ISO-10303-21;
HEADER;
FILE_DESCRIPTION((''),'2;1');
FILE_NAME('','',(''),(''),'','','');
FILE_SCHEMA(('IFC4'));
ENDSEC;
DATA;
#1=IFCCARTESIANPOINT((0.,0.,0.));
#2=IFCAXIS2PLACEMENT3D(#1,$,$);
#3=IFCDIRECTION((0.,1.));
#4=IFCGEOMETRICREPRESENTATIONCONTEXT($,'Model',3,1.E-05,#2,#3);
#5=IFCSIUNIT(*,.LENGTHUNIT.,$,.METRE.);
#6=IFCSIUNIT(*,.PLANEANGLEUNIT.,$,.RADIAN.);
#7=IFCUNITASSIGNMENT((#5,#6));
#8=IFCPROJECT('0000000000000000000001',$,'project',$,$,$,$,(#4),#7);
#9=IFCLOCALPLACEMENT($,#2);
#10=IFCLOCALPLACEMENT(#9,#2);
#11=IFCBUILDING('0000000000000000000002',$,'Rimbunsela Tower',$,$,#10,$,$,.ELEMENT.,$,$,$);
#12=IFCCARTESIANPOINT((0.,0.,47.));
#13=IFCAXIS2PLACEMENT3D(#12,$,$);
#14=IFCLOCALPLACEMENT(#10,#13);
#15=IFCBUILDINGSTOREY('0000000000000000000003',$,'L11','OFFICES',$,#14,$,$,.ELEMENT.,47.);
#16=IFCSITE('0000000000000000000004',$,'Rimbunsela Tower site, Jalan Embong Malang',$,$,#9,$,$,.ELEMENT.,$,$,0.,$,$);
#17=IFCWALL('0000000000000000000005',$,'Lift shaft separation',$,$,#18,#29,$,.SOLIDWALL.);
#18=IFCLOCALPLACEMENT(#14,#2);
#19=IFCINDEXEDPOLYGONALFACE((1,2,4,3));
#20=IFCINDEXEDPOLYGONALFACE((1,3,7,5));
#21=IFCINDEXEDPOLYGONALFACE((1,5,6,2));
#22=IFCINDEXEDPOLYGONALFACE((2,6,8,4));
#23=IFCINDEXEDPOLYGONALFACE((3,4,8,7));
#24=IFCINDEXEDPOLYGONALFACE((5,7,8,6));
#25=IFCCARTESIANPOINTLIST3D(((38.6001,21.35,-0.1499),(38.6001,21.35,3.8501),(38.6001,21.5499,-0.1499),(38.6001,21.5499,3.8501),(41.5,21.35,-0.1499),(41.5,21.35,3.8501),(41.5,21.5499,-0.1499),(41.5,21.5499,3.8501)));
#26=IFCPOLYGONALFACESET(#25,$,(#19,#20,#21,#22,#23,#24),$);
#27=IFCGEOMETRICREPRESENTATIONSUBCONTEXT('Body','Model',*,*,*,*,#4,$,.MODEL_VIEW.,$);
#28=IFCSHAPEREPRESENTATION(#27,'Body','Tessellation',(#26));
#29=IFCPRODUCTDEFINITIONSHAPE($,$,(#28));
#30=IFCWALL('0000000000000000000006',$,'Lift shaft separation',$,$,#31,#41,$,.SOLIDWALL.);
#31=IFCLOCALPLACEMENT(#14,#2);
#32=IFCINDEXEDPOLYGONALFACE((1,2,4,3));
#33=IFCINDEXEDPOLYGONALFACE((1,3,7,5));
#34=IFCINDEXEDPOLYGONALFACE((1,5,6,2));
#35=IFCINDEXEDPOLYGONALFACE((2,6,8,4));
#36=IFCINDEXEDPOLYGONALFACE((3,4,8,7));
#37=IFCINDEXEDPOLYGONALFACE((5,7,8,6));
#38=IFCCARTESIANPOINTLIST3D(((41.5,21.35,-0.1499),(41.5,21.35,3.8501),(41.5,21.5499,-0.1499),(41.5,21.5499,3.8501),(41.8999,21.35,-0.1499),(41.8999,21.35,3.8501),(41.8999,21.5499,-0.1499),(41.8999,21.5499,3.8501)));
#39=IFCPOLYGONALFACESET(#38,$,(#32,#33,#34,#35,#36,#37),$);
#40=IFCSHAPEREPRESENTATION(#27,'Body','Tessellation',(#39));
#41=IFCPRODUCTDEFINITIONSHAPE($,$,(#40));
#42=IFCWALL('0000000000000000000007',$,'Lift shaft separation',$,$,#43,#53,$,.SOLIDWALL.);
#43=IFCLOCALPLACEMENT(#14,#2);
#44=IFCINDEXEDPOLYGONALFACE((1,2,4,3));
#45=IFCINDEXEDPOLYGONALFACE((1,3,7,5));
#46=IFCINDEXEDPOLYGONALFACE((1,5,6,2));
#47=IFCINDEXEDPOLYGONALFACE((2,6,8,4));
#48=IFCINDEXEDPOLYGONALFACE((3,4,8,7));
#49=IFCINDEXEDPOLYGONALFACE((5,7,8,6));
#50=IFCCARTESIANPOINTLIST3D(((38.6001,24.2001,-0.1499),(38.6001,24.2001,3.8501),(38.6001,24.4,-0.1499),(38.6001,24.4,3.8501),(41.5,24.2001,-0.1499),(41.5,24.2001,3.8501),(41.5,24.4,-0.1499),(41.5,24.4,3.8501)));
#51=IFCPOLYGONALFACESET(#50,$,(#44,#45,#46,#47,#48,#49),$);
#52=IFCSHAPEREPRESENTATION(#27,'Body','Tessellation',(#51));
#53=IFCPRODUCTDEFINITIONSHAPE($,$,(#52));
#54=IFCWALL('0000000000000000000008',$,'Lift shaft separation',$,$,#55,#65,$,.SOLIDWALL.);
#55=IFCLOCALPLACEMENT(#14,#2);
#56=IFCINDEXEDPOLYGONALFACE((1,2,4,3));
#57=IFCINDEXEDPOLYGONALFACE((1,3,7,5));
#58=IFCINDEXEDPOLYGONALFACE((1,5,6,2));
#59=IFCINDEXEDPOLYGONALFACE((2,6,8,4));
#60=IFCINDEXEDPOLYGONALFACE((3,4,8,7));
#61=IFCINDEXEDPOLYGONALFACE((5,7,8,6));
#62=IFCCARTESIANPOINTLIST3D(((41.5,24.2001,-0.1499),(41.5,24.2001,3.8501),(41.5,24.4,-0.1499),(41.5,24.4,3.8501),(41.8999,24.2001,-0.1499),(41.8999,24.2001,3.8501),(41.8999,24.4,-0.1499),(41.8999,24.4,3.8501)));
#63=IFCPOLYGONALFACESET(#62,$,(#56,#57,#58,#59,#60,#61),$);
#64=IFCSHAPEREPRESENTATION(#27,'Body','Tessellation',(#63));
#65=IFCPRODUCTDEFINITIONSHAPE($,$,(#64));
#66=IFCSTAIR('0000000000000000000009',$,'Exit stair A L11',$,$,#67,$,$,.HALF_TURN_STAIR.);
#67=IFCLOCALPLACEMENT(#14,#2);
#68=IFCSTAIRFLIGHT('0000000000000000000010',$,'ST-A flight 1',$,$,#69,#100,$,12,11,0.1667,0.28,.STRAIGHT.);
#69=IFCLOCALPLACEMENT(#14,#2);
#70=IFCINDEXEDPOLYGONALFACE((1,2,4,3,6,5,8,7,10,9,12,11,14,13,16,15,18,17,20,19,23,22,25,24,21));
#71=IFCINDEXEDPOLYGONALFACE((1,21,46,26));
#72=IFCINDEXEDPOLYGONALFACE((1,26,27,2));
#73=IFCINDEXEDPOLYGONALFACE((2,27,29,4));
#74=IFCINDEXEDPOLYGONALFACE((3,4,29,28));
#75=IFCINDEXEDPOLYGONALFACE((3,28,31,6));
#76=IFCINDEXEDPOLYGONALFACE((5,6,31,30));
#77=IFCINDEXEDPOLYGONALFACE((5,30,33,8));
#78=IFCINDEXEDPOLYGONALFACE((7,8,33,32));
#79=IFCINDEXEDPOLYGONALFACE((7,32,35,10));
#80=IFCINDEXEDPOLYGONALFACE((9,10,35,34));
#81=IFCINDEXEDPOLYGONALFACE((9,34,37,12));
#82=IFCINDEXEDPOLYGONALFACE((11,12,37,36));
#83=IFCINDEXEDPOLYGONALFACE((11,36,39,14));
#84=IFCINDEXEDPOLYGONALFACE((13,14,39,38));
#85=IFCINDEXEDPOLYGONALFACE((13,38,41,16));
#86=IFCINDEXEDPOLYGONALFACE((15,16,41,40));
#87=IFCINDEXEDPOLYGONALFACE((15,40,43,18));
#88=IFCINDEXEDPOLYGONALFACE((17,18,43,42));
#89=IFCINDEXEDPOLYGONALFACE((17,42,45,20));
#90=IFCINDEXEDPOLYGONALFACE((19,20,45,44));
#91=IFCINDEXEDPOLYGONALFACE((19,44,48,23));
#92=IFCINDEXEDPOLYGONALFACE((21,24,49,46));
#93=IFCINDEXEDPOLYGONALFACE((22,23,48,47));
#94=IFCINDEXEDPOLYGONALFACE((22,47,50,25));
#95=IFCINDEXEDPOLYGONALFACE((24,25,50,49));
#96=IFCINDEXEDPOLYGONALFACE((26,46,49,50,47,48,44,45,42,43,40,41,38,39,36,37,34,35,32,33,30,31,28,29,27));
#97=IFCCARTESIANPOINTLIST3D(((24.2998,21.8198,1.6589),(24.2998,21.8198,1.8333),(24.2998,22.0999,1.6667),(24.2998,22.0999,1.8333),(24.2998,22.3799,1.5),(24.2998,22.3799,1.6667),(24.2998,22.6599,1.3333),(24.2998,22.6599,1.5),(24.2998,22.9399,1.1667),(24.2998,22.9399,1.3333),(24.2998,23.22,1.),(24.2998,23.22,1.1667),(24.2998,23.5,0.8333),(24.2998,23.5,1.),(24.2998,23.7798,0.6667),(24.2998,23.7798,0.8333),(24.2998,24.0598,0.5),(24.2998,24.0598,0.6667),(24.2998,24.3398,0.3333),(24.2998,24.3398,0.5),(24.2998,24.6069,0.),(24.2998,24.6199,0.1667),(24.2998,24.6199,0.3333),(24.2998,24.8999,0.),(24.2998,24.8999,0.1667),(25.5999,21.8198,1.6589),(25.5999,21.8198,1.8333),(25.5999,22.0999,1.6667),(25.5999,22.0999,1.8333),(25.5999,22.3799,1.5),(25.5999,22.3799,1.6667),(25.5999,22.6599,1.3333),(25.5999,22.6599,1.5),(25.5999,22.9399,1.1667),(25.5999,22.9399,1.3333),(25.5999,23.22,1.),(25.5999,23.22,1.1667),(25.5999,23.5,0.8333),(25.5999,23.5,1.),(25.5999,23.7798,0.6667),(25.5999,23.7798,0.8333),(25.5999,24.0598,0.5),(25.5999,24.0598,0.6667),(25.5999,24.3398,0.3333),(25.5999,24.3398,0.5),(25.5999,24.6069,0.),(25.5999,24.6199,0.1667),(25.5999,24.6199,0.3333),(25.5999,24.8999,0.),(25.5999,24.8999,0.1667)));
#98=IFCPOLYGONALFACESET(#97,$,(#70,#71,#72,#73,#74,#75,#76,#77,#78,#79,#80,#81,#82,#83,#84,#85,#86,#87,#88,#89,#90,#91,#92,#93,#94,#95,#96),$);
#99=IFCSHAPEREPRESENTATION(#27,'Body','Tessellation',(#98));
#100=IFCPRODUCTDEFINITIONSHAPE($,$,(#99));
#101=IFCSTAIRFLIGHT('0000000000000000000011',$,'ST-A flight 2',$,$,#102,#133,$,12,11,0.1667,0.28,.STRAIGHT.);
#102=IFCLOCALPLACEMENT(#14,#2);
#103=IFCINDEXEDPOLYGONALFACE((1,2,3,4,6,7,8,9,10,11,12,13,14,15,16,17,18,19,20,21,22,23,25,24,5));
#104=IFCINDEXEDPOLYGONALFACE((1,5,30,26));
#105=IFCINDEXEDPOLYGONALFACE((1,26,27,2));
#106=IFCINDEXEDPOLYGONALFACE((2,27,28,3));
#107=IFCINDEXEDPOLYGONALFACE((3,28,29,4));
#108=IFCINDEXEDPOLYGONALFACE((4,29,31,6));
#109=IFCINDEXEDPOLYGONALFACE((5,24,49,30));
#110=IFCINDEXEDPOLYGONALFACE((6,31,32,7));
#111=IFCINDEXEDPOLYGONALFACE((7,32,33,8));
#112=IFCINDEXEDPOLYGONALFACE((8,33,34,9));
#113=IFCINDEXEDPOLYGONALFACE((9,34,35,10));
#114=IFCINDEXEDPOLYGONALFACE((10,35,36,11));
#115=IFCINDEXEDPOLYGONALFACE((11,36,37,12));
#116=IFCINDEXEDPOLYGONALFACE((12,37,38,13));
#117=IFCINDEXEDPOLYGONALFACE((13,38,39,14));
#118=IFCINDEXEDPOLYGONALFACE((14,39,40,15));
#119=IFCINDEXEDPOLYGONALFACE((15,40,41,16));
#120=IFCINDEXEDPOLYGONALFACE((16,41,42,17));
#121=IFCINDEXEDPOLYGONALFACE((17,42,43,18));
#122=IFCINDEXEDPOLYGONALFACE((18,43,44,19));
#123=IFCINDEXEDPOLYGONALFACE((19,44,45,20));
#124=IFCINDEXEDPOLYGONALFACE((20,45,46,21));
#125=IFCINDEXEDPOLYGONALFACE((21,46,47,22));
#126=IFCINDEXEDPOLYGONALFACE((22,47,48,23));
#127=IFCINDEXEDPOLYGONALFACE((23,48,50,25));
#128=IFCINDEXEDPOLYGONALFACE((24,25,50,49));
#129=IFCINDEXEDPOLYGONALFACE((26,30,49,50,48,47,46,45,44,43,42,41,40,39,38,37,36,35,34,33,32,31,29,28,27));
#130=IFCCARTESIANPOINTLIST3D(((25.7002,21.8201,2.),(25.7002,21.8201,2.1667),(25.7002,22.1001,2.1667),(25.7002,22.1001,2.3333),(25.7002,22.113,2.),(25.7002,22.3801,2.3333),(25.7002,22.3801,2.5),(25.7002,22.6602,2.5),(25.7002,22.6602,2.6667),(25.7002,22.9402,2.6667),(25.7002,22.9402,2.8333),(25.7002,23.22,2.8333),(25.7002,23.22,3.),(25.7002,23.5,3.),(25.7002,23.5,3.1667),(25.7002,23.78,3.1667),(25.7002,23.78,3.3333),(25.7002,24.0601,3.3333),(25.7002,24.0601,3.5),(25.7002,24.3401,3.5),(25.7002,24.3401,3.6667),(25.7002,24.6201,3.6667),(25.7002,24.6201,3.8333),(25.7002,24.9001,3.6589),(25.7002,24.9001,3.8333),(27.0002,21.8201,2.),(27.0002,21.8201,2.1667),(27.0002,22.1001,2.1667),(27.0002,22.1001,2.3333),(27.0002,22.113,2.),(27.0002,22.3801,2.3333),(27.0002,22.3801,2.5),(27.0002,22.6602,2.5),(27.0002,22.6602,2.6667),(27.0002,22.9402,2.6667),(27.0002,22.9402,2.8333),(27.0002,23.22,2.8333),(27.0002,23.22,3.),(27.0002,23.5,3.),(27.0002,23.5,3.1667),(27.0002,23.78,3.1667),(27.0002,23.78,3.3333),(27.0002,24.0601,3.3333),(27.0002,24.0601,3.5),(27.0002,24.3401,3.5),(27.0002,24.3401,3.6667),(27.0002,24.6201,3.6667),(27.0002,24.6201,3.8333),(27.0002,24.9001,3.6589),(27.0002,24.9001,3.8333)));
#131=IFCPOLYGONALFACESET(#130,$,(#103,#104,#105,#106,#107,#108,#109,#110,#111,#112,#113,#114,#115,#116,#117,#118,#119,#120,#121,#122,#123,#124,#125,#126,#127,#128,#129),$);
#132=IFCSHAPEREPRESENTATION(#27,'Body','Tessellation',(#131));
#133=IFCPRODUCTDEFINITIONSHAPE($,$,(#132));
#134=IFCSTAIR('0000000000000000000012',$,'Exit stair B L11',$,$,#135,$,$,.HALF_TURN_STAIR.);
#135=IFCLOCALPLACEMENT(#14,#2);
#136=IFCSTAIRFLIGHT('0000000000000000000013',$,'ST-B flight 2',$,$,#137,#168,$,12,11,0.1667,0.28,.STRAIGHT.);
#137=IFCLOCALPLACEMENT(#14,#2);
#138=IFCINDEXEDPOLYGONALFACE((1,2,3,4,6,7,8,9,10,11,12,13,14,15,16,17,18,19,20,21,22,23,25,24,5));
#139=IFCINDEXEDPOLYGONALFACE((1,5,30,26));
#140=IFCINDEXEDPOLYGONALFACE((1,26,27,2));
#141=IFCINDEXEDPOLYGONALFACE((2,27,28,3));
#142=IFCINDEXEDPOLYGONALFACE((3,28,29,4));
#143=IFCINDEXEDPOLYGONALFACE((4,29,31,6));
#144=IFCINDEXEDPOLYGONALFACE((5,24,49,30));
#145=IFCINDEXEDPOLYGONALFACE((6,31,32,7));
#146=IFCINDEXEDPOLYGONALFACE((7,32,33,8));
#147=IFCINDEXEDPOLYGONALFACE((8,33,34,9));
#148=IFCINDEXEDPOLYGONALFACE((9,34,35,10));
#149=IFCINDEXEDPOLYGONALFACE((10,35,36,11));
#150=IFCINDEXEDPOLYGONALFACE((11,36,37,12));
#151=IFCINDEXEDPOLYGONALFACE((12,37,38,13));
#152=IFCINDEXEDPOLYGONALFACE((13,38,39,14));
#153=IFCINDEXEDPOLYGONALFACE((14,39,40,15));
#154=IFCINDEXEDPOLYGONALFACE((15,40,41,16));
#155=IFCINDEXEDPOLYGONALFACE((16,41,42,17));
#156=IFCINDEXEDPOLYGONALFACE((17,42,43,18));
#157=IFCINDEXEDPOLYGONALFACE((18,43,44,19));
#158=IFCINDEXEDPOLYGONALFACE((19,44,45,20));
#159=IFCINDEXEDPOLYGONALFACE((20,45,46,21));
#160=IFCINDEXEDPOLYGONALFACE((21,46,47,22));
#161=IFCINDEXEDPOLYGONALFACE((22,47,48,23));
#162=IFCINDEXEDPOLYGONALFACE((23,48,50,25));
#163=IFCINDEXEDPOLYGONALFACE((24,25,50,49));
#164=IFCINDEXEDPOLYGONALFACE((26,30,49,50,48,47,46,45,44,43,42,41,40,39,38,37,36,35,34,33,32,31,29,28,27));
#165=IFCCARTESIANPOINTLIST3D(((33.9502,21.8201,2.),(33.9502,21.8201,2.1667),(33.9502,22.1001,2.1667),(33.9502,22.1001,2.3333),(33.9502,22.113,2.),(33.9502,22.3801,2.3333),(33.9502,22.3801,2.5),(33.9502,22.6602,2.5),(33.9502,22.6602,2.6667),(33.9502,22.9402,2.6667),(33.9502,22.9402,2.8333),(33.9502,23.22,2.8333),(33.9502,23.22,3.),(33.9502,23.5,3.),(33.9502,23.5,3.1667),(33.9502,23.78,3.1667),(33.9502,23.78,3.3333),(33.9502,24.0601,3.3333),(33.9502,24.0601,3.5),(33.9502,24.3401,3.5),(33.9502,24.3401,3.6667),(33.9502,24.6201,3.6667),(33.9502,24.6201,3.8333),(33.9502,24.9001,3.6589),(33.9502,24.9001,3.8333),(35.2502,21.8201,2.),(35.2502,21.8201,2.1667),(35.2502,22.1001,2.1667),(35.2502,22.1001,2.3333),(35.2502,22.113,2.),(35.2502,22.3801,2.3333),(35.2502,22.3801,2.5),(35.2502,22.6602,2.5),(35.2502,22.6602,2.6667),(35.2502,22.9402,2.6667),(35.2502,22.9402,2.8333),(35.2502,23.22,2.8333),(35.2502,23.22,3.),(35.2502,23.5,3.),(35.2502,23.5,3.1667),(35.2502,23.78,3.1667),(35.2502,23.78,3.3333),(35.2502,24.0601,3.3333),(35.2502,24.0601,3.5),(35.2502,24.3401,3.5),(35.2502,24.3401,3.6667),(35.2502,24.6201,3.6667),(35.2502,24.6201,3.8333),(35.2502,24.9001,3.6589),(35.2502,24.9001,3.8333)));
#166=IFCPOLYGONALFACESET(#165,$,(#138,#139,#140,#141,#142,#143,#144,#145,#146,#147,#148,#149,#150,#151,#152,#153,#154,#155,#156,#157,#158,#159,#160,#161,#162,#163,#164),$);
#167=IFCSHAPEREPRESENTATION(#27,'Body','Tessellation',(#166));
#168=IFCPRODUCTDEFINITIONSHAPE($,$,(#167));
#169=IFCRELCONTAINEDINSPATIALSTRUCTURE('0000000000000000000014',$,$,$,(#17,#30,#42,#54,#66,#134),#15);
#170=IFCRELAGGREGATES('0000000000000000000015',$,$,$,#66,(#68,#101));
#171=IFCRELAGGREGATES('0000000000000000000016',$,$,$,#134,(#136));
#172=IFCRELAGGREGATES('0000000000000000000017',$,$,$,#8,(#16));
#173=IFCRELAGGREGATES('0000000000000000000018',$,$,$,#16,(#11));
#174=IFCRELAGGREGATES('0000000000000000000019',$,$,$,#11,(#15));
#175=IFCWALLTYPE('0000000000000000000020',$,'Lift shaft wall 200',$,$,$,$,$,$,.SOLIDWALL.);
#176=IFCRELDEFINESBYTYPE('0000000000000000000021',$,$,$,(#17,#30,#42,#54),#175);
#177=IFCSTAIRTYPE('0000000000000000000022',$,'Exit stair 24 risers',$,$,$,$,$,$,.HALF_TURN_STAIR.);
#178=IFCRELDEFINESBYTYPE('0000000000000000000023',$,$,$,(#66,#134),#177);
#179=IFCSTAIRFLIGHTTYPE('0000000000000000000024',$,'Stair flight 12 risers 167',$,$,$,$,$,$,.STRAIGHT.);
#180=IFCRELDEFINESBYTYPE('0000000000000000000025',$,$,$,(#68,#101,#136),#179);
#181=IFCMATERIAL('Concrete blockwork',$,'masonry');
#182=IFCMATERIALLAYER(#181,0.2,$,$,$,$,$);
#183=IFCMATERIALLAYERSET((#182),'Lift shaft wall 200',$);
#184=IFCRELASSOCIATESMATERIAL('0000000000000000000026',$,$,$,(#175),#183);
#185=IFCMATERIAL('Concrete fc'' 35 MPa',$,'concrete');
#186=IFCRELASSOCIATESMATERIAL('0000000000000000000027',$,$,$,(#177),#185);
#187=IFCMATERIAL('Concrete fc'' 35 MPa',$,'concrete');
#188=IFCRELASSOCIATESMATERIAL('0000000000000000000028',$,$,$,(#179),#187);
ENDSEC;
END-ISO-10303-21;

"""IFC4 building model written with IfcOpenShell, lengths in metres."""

from ifc_helpers import new_model, si_unit, direction, frame, frame_2d, origin, place, context, subcontext, project, spatial, polyline, rectangle, outline, extrude, material, layer, layer_set, type_object, element, aggregate, save


model = new_model("IFC4")

# Units and contexts
model_context = context("Model", 3, precision=1e-05, world=origin(), true_north=direction((0.0, 1.0)))
body_context = subcontext(model_context, "Body", "Model", "MODEL_VIEW")
ifc_project = project(units=[si_unit("LENGTHUNIT", "METRE"), si_unit("PLANEANGLEUNIT", "RADIAN")], contexts=[model_context])

# Site, building, storey
site_placement = place(None, origin())
site = spatial("IfcSite", under=ifc_project, at=site_placement, Name="Rimbunsela Tower site, Jalan Embong Malang", CompositionType="ELEMENT", RefElevation=0.0)
building_placement = place(site_placement, origin())
building = spatial("IfcBuilding", under=site, at=building_placement, Name="Rimbunsela Tower", CompositionType="ELEMENT")
storey_placement = place(building_placement, frame((0.0, 0.0, 47.0)))
storey = spatial("IfcBuildingStorey", under=building, at=storey_placement, Name="L11", Description="OFFICES", CompositionType="ELEMENT", Elevation=47.0)

# Shared definitions
ifc_material_1 = material(Name="Concrete blockwork", Category="masonry")
ifc_layer_1 = layer(ifc_material_1, 0.2)
ifc_layer_set_1 = layer_set([ifc_layer_1], Name="Lift shaft wall 200")
wall_type_1 = type_object("IfcWallType", Name="Lift shaft wall 200", PredefinedType="SOLIDWALL", material=ifc_layer_set_1)

# Walls
wall_1_placement = place(storey_placement, frame((38.6001, 21.45, -0.1499), z_axis=(0.0, 0.0, 1.0), x_axis=(1.0, 0.0, 0.0)))
element("IfcWall", 1, at=wall_1_placement, inside=storey, type_object=wall_type_1, Name="Lift shaft separation", PredefinedType="SOLIDWALL", context=body_context, shape_type="SweptSolid", body=[
    extrude(rectangle(XDim=2.8999, YDim=0.2, at=frame_2d((1.45, 0.0))), origin(), (0.0, 0.0, 1.0), 4.0),
])
wall_2_placement = place(storey_placement, frame((41.5, 21.45, -0.1499), z_axis=(0.0, 0.0, 1.0), x_axis=(1.0, 0.0, 0.0)))
element("IfcWall", 2, at=wall_2_placement, inside=storey, type_object=wall_type_1, Name="Lift shaft separation", PredefinedType="SOLIDWALL", context=body_context, shape_type="SweptSolid", body=[
    extrude(rectangle(XDim=0.3999, YDim=0.2, at=frame_2d((0.2, 0.0))), origin(), (0.0, 0.0, 1.0), 4.0),
])
wall_3_placement = place(storey_placement, frame((38.6001, 24.3, -0.1499), z_axis=(0.0, 0.0, 1.0), x_axis=(1.0, 0.0, 0.0)))
element("IfcWall", 3, at=wall_3_placement, inside=storey, type_object=wall_type_1, Name="Lift shaft separation", PredefinedType="SOLIDWALL", context=body_context, shape_type="SweptSolid", body=[
    extrude(rectangle(XDim=2.8999, YDim=0.2, at=frame_2d((1.45, 0.0))), origin(), (0.0, 0.0, 1.0), 4.0),
])
wall_4_placement = place(storey_placement, frame((41.5, 24.3, -0.1499), z_axis=(0.0, 0.0, 1.0), x_axis=(1.0, 0.0, 0.0)))
element("IfcWall", 4, at=wall_4_placement, inside=storey, type_object=wall_type_1, Name="Lift shaft separation", PredefinedType="SOLIDWALL", context=body_context, shape_type="SweptSolid", body=[
    extrude(rectangle(XDim=0.3999, YDim=0.2, at=frame_2d((0.2, 0.0))), origin(), (0.0, 0.0, 1.0), 4.0),
])

# Stair, stair flights
ifc_material_2 = material(Name="Concrete fc' 35 MPa", Category="concrete")
stair_type = type_object("IfcStairType", Name="Exit stair 24 risers", PredefinedType="HALF_TURN_STAIR", material=ifc_material_2)
stair_1_placement = place(storey_placement, origin())
stair_1 = element("IfcStair", 5, at=stair_1_placement, inside=storey, type_object=stair_type, Name="Exit stair A L11", PredefinedType="HALF_TURN_STAIR")
ifc_material_3 = material(Name="Concrete fc' 35 MPa", Category="concrete")
stair_flight_type = type_object("IfcStairFlightType", Name="Stair flight 12 risers 167", PredefinedType="STRAIGHT", material=ifc_material_3)
stair_flight_1_placement = place(storey_placement, frame((24.95, 24.8999, 0.0), z_axis=(0.0, 0.0, 1.0), x_axis=(0.0, -1.0, 0.0)))
stair_flight_1 = element("IfcStairFlight", 6, at=stair_flight_1_placement, type_object=stair_flight_type, Name="ST-A flight 1", NumberOfRisers=12, NumberOfTreads=11, PredefinedType="STRAIGHT", RiserHeight=0.1667, TreadLength=0.28, context=body_context, shape_type="SweptSolid", body=[
    extrude(outline(polyline([(0.0, 0.0), (0.0, 0.1667), (0.28, 0.1667), (0.28, 0.3333), (0.5601, 0.3333), (0.5601, 0.5), (0.8401, 0.5), (0.8401, 0.6667), (1.1201, 0.6667), (1.1201, 0.8333), (1.3999, 0.8333), (1.3999, 1.0), (1.6799, 1.0), (1.6799, 1.1667), (1.96, 1.1667), (1.96, 1.3333), (2.24, 1.3333), (2.24, 1.5), (2.52, 1.5), (2.52, 1.6667), (2.8, 1.6667), (2.8, 1.8333), (3.0801, 1.8333), (3.0801, 2.0), (3.0801, 1.6589), (0.293, 0.0), (0.0, 0.0)])), frame((0.0, 0.6499, 0.0), z_axis=(0.0, -1.0, 0.0), x_axis=(1.0, 0.0, 0.0)), (0.0, 0.0, 1.0), 1.3),
])
stair_flight_2_placement = place(storey_placement, frame((26.3501, 21.8201, 2.0), z_axis=(0.0, 0.0, 1.0), x_axis=(0.0, 1.0, 0.0)))
stair_flight_2 = element("IfcStairFlight", 7, at=stair_flight_2_placement, type_object=stair_flight_type, Name="ST-A flight 2", NumberOfRisers=12, NumberOfTreads=11, PredefinedType="STRAIGHT", RiserHeight=0.1667, TreadLength=0.28, context=body_context, shape_type="SweptSolid", body=[
    extrude(outline(polyline([(0.0, 0.0), (0.0, 0.1667), (0.28, 0.1667), (0.28, 0.3333), (0.5601, 0.3333), (0.5601, 0.5), (0.8401, 0.5), (0.8401, 0.6667), (1.1201, 0.6667), (1.1201, 0.8333), (1.3999, 0.8333), (1.3999, 1.0), (1.6799, 1.0), (1.6799, 1.1667), (1.96, 1.1667), (1.96, 1.3333), (2.24, 1.3333), (2.24, 1.5), (2.52, 1.5), (2.52, 1.6667), (2.8, 1.6667), (2.8, 1.8333), (3.0801, 1.8333), (3.0801, 2.0), (3.0801, 1.6589), (0.293, 0.0), (0.0, 0.0)])), frame((0.0, 0.6499, 0.0), z_axis=(0.0, -1.0, 0.0), x_axis=(1.0, 0.0, 0.0)), (0.0, 0.0, 1.0), 1.3),
])
aggregate(stair_1, [stair_flight_1, stair_flight_2])

# Stair, stair flight
stair_2_placement = place(storey_placement, origin())
stair_2 = element("IfcStair", 8, at=stair_2_placement, inside=storey, type_object=stair_type, Name="Exit stair B L11", PredefinedType="HALF_TURN_STAIR")
stair_flight_3_placement = place(storey_placement, frame((34.6001, 21.8201, 2.0), z_axis=(0.0, 0.0, 1.0), x_axis=(0.0, 1.0, 0.0)))
stair_flight_3 = element("IfcStairFlight", 9, at=stair_flight_3_placement, type_object=stair_flight_type, Name="ST-B flight 2", NumberOfRisers=12, NumberOfTreads=11, PredefinedType="STRAIGHT", RiserHeight=0.1667, TreadLength=0.28, context=body_context, shape_type="SweptSolid", body=[
    extrude(outline(polyline([(0.0, 0.0), (0.0, 0.1667), (0.28, 0.1667), (0.28, 0.3333), (0.5601, 0.3333), (0.5601, 0.5), (0.8401, 0.5), (0.8401, 0.6667), (1.1201, 0.6667), (1.1201, 0.8333), (1.3999, 0.8333), (1.3999, 1.0), (1.6799, 1.0), (1.6799, 1.1667), (1.96, 1.1667), (1.96, 1.3333), (2.24, 1.3333), (2.24, 1.5), (2.52, 1.5), (2.52, 1.6667), (2.8, 1.6667), (2.8, 1.8333), (3.0801, 1.8333), (3.0801, 2.0), (3.0801, 1.6589), (0.293, 0.0), (0.0, 0.0)])), frame((0.0, 0.6499, 0.0), z_axis=(0.0, -1.0, 0.0), x_axis=(1.0, 0.0, 0.0)), (0.0, 0.0, 1.0), 1.3),
])
aggregate(stair_2, [stair_flight_3])

save(model, "model.ifc")
